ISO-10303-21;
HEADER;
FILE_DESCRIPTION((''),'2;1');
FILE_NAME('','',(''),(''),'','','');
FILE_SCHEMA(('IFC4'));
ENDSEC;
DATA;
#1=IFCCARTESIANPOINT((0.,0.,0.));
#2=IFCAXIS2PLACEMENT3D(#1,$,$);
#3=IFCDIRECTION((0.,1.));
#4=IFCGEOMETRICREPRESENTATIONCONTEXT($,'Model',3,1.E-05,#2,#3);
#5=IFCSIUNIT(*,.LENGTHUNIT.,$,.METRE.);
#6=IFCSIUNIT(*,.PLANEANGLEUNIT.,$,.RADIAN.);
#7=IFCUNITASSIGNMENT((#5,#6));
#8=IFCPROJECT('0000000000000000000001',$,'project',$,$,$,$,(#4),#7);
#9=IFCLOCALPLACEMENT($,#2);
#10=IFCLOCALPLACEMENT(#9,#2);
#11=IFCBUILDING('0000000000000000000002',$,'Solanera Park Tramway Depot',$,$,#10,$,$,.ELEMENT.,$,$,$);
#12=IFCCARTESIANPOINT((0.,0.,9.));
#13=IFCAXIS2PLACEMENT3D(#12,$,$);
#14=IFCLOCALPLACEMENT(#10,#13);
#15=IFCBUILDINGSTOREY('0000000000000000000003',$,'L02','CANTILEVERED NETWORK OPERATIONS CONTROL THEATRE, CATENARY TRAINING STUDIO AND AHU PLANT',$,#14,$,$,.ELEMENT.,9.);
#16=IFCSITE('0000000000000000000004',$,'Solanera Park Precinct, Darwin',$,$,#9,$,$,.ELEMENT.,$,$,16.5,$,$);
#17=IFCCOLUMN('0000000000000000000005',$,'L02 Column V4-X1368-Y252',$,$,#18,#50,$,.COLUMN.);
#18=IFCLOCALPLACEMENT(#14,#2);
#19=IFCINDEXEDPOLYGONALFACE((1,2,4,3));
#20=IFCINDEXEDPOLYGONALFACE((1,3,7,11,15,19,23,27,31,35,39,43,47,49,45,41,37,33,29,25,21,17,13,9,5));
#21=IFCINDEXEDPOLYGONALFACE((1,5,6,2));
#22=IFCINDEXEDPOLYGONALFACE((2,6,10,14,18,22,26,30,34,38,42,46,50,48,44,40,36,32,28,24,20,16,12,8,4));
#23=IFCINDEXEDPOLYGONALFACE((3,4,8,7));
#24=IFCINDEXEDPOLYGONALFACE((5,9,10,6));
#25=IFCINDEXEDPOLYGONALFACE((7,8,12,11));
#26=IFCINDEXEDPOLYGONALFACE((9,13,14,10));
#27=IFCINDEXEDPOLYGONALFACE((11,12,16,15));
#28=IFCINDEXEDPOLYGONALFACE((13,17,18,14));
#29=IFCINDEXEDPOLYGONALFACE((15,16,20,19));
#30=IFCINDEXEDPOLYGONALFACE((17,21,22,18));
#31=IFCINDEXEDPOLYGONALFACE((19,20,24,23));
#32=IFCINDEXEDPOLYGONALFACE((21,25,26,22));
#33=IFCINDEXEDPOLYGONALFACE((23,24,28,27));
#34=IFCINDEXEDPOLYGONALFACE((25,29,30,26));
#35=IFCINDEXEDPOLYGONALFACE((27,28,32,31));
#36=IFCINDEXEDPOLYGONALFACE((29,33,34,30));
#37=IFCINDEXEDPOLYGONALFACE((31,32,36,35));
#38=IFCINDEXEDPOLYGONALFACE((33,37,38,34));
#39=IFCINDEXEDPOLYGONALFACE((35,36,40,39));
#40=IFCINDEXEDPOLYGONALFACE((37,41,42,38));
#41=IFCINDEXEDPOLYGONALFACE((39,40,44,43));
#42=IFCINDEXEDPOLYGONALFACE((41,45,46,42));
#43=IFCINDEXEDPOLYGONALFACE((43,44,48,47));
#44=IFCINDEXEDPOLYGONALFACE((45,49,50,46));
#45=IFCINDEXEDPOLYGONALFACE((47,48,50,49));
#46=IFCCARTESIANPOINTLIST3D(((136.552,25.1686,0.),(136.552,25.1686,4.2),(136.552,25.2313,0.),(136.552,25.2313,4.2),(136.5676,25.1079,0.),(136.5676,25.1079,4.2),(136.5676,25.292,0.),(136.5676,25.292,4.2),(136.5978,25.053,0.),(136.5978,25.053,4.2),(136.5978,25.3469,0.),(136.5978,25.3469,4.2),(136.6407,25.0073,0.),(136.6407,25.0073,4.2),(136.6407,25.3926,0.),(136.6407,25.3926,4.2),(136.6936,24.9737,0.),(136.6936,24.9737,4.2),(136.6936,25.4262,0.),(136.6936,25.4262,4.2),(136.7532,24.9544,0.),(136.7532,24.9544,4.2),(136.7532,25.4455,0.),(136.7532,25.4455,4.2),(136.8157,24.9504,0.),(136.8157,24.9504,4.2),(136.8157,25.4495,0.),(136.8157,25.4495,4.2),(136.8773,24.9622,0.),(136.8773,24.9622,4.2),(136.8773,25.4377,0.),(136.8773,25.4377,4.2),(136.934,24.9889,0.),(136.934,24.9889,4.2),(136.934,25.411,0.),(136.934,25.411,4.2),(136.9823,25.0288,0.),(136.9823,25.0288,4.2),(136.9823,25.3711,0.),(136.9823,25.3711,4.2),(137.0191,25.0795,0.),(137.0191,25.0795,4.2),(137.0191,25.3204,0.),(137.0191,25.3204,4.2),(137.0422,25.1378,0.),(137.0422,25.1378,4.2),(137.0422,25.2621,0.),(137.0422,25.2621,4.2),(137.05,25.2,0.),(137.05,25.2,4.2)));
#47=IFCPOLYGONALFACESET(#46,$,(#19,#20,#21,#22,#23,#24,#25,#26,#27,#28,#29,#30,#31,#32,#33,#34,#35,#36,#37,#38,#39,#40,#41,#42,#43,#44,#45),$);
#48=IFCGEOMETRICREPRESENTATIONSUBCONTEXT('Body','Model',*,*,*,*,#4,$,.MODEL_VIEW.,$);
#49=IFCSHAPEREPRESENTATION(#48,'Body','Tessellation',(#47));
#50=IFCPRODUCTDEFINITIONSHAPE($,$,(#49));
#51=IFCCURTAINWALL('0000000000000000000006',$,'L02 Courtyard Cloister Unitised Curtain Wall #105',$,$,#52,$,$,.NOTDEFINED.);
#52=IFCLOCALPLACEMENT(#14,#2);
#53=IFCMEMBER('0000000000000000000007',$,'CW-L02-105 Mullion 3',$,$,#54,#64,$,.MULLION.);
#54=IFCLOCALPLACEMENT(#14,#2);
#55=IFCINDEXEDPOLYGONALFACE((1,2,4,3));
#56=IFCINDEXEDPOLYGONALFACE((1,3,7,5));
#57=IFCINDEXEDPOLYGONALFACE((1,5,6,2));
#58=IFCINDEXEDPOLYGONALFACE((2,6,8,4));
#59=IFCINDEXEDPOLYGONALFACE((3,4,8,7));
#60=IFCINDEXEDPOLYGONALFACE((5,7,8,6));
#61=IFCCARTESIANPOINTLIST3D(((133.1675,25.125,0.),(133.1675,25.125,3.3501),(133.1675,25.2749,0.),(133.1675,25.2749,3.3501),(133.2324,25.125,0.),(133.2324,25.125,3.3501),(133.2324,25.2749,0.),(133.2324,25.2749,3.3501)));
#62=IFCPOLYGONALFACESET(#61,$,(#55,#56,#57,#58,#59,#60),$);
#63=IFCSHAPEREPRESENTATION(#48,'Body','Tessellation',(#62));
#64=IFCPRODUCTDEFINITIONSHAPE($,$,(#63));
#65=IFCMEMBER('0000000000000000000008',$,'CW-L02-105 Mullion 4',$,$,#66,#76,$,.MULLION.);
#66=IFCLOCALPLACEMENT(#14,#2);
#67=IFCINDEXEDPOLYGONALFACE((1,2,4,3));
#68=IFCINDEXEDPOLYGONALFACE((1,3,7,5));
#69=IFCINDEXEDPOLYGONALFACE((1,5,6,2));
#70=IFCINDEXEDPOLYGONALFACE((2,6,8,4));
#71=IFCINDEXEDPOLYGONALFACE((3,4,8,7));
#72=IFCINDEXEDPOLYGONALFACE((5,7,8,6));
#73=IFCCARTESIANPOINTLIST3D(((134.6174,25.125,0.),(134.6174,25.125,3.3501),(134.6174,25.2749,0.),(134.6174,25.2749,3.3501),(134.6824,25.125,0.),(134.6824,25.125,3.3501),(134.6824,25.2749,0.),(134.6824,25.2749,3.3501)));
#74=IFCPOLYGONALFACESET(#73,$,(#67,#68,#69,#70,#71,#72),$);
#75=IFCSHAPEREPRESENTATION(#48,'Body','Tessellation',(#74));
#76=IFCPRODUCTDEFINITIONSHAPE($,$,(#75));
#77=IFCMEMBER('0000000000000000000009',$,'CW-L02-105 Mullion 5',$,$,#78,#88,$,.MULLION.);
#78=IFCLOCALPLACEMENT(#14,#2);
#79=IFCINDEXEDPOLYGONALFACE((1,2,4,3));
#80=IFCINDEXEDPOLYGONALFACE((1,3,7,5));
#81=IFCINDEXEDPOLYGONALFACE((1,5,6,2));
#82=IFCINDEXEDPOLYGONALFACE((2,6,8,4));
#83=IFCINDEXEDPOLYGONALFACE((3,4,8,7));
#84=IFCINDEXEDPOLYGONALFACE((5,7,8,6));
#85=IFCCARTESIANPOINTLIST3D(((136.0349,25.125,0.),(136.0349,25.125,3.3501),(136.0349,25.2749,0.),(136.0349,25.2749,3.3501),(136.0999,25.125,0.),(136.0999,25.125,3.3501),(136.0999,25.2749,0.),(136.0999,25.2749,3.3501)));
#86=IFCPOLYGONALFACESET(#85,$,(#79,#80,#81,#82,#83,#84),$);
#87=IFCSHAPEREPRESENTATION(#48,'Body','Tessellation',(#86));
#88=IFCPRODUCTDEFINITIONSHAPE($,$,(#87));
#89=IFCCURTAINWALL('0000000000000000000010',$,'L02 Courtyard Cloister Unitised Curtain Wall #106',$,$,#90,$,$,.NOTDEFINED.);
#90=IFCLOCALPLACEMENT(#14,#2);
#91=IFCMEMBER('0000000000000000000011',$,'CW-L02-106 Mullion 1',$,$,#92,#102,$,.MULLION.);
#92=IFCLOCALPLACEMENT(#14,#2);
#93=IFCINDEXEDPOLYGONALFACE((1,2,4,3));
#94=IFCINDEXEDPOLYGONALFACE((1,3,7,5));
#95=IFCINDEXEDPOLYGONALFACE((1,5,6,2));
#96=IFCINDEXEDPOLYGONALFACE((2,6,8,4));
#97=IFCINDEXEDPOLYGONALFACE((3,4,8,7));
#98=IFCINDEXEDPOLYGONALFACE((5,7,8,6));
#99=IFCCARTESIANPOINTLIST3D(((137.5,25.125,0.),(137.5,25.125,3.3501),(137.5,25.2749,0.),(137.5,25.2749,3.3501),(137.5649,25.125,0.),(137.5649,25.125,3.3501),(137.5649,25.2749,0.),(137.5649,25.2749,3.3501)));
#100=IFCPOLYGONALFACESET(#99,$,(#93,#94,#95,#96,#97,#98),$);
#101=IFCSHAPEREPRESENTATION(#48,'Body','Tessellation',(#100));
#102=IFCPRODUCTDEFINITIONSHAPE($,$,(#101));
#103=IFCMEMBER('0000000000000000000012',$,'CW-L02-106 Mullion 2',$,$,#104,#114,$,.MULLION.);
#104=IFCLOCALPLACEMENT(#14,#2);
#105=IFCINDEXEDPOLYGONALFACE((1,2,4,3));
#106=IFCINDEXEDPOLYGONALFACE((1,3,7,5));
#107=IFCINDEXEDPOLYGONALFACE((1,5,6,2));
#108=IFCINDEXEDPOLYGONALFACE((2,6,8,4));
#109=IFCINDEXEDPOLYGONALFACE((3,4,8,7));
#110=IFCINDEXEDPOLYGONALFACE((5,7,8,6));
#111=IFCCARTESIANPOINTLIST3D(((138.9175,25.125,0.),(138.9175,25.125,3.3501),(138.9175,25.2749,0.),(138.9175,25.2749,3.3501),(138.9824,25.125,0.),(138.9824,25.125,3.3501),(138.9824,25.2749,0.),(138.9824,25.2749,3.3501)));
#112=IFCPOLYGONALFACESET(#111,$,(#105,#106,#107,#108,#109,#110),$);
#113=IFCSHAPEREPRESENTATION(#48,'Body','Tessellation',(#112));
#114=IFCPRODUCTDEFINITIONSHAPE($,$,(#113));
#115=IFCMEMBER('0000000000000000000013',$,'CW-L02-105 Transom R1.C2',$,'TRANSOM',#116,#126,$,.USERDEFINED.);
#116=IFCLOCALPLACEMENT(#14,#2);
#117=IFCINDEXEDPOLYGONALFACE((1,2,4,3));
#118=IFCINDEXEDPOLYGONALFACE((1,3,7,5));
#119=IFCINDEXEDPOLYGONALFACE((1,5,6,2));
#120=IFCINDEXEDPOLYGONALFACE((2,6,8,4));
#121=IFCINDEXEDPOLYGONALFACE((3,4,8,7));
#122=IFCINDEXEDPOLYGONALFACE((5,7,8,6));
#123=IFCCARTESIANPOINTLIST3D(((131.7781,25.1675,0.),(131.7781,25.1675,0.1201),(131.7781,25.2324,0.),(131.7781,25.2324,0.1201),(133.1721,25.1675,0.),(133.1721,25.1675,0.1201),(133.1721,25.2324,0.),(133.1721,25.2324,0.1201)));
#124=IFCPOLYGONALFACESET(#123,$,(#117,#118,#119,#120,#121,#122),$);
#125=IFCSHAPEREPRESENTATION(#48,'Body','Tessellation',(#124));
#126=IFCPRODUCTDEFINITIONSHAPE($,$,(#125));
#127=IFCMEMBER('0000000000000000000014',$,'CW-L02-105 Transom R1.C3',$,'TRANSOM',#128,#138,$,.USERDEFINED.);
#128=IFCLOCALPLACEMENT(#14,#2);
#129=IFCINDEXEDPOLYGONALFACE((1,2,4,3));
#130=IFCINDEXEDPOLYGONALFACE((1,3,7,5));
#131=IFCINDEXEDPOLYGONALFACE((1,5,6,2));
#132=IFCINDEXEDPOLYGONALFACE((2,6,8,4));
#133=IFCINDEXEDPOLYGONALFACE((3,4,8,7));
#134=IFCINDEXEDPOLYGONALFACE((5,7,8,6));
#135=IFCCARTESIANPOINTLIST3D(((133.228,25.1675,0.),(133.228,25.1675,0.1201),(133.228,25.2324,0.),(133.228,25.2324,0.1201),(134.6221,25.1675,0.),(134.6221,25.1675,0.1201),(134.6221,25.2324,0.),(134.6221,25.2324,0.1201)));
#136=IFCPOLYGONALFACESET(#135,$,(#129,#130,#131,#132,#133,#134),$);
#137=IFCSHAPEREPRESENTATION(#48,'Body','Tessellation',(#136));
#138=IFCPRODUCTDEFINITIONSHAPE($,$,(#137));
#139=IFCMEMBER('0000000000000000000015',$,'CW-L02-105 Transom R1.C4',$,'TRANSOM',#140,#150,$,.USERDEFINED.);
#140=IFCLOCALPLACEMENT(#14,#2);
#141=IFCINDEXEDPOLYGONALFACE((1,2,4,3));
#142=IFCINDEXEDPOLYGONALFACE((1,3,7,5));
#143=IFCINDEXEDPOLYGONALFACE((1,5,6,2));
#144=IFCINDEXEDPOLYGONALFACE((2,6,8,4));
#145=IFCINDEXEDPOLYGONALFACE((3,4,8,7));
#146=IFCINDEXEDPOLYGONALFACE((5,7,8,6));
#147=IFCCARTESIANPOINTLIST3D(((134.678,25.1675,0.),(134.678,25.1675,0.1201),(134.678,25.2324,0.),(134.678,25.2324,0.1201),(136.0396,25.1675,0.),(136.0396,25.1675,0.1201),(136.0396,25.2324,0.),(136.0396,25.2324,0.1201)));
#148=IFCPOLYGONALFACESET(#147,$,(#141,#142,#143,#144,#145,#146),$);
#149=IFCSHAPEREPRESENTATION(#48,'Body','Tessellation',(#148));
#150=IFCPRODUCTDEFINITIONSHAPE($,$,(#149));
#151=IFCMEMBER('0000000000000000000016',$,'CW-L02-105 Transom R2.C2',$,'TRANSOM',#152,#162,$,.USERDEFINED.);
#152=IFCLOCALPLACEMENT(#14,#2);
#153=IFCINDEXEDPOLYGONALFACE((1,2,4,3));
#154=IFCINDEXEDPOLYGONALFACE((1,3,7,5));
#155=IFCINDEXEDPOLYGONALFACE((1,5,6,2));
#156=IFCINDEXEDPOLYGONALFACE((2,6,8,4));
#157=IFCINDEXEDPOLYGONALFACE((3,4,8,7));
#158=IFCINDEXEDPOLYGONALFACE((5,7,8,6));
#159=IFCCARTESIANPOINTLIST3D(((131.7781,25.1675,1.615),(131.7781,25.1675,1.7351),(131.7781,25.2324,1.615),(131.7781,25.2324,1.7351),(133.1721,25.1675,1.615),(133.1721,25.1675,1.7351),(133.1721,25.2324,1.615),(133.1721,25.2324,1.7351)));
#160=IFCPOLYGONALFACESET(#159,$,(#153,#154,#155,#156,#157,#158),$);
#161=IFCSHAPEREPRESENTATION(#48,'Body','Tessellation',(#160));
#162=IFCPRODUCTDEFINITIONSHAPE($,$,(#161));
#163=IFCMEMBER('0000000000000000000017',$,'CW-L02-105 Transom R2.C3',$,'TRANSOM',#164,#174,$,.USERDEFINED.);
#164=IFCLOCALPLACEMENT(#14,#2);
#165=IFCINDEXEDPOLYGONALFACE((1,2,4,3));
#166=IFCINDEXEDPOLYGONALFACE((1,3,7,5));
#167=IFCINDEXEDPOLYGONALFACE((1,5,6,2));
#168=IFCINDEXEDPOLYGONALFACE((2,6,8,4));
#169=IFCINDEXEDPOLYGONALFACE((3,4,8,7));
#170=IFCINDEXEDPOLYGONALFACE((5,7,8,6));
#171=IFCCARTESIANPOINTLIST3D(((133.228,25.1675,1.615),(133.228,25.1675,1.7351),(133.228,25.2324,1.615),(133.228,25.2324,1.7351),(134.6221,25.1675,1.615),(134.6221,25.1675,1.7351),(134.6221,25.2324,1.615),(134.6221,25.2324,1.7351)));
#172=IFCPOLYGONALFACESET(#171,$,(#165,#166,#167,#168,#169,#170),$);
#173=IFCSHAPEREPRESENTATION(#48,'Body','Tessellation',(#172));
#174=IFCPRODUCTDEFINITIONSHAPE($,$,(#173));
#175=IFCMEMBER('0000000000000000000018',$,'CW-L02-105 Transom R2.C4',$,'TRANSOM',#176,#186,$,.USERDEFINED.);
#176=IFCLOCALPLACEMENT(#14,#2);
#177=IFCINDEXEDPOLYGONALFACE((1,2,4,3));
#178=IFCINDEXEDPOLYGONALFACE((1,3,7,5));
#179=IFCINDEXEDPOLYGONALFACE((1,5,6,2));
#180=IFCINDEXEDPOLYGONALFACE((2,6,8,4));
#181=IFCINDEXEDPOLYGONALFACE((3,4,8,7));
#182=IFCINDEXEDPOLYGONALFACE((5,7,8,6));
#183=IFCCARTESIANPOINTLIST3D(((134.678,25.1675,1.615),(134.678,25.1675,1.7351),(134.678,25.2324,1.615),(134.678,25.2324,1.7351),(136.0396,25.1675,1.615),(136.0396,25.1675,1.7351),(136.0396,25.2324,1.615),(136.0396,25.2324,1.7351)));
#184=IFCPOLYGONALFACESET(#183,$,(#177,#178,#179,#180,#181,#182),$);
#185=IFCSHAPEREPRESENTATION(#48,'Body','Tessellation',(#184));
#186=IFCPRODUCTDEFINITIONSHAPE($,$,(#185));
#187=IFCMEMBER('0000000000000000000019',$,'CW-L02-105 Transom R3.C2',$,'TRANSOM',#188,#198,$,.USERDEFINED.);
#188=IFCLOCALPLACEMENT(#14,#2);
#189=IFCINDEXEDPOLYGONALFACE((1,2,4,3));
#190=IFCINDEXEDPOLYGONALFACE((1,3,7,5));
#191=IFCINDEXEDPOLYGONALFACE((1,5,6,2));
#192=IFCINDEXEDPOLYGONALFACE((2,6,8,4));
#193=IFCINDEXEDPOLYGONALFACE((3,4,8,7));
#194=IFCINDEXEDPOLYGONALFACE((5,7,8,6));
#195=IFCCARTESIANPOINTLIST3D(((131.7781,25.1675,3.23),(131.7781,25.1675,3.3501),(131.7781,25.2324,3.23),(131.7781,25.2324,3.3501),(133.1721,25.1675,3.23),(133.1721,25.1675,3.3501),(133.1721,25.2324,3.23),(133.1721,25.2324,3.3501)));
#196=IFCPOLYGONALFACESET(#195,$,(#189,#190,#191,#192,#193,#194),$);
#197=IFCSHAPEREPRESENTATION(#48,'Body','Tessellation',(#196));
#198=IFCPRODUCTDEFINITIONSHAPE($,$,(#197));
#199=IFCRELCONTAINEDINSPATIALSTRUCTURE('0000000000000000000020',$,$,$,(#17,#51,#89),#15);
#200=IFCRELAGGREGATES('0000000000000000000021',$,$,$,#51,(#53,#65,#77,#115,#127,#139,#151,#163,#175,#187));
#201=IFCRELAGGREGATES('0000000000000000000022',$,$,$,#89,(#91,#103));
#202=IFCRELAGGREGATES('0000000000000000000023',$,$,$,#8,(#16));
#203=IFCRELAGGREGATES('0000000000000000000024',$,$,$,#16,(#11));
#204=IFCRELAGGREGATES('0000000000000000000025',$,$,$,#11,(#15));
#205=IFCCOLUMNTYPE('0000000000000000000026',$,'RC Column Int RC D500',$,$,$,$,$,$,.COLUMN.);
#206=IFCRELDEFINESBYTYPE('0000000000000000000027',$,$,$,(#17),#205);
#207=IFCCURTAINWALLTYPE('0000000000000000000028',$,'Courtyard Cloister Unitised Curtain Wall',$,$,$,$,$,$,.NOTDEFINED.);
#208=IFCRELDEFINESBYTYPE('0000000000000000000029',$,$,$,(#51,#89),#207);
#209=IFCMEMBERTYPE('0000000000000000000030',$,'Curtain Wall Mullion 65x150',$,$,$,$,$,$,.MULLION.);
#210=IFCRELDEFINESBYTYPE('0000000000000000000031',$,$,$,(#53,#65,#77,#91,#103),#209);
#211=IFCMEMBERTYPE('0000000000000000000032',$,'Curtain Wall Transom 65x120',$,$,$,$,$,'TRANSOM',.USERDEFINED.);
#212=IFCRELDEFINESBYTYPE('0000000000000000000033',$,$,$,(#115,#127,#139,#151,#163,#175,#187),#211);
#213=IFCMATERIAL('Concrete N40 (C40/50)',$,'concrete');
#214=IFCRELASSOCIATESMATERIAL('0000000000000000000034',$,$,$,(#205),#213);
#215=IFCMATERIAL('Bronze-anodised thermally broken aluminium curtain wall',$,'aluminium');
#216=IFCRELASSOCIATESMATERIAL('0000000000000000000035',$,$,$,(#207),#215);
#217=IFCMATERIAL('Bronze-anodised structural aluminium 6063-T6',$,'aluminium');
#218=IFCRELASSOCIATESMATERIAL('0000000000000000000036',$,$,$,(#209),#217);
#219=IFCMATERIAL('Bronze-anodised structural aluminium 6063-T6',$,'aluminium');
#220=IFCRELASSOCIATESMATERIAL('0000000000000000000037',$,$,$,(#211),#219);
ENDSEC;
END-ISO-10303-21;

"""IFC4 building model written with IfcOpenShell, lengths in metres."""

from ifc_helpers import new_model, si_unit, direction, frame, origin, origin_2d, place, context, subcontext, project, spatial, rectangle, circle, extrude, material, material_profile, profile_set, type_object, element, aggregate, save


model = new_model("IFC4")

# Units and contexts
model_context = context("Model", 3, precision=1e-05, world=origin(), true_north=direction((0.0, 1.0)))
body_context = subcontext(model_context, "Body", "Model", "MODEL_VIEW")
ifc_project = project(units=[si_unit("LENGTHUNIT", "METRE"), si_unit("PLANEANGLEUNIT", "RADIAN")], contexts=[model_context])

# Site, building, storey
site_placement = place(None, origin())
site = spatial("IfcSite", under=ifc_project, at=site_placement, Name="Solanera Park Precinct, Darwin", CompositionType="ELEMENT", RefElevation=16.5)
building_placement = place(site_placement, origin())
building = spatial("IfcBuilding", under=site, at=building_placement, Name="Solanera Park Tramway Depot", CompositionType="ELEMENT")
storey_placement = place(building_placement, frame((0.0, 0.0, 9.0)))
storey = spatial("IfcBuildingStorey", under=building, at=storey_placement, Name="L02", Description="CANTILEVERED NETWORK OPERATIONS CONTROL THEATRE, CATENARY TRAINING STUDIO AND AHU PLANT", CompositionType="ELEMENT", Elevation=9.0)

# Column
ifc_material_1 = material(Name="Concrete N40 (C40/50)", Category="concrete")
ifc_material_profile_1 = material_profile(ifc_material_1, circle(Radius=0.25, at=origin_2d()), Name="RC D500")
ifc_profile_set_1 = profile_set([ifc_material_profile_1], Name="Concrete N40 (C40/50)")
column_type = type_object("IfcColumnType", Name="RC Column Int RC D500", PredefinedType="COLUMN", material=ifc_profile_set_1)
column_placement = place(storey_placement, frame((136.8, 25.2, 0.0), z_axis=(0.0, 0.0, 1.0), x_axis=(1.0, 0.0, 0.0)))
element("IfcColumn", 1, at=column_placement, inside=storey, type_object=column_type, Name="L02 Column V4-X1368-Y252", PredefinedType="COLUMN", context=body_context, shape_type="SweptSolid", body=[
    extrude(circle(Radius=0.25, at=origin_2d()), origin(), (0.0, 0.0, 1.0), 4.2),
])

# Curtain walls, members
ifc_material_2 = material(Name="Bronze-anodised thermally broken aluminium curtain wall", Category="aluminium")
curtain_wall_type = type_object("IfcCurtainWallType", Name="Courtyard Cloister Unitised Curtain Wall", PredefinedType="NOTDEFINED", material=ifc_material_2)
curtain_wall_1_placement = place(storey_placement, origin())
curtain_wall_1 = element("IfcCurtainWall", 2, at=curtain_wall_1_placement, inside=storey, type_object=curtain_wall_type, Name="L02 Courtyard Cloister Unitised Curtain Wall #105", PredefinedType="NOTDEFINED")
ifc_material_3 = material(Name="Bronze-anodised structural aluminium 6063-T6", Category="aluminium")
ifc_material_profile_2 = material_profile(ifc_material_3, rectangle(XDim=0.0649, YDim=0.1499, at=origin_2d()), Name="Curtain Wall Mullion 65x150")
ifc_profile_set_2 = profile_set([ifc_material_profile_2], Name="Bronze-anodised structural aluminium 6063-T6")
member_type_1 = type_object("IfcMemberType", Name="Curtain Wall Mullion 65x150", PredefinedType="MULLION", material=ifc_profile_set_2)
member_1_placement = place(storey_placement, frame((133.2, 25.2, 0.0), z_axis=(0.0, 0.0, 1.0), x_axis=(1.0, 0.0, 0.0)))
member_1 = element("IfcMember", 3, at=member_1_placement, type_object=member_type_1, Name="CW-L02-105 Mullion 3", PredefinedType="MULLION", context=body_context, shape_type="SweptSolid", body=[
    extrude(rectangle(XDim=0.0649, YDim=0.1499, at=origin_2d()), origin(), (0.0, 0.0, 1.0), 3.3501),
])
member_2_placement = place(storey_placement, frame((134.6499, 25.2, 0.0), z_axis=(0.0, 0.0, 1.0), x_axis=(1.0, 0.0, 0.0)))
member_2 = element("IfcMember", 4, at=member_2_placement, type_object=member_type_1, Name="CW-L02-105 Mullion 4", PredefinedType="MULLION", context=body_context, shape_type="SweptSolid", body=[
    extrude(rectangle(XDim=0.0649, YDim=0.1499, at=origin_2d()), origin(), (0.0, 0.0, 1.0), 3.3501),
])
member_3_placement = place(storey_placement, frame((136.0674, 25.2, 0.0), z_axis=(0.0, 0.0, 1.0), x_axis=(1.0, 0.0, 0.0)))
member_3 = element("IfcMember", 5, at=member_3_placement, type_object=member_type_1, Name="CW-L02-105 Mullion 5", PredefinedType="MULLION", context=body_context, shape_type="SweptSolid", body=[
    extrude(rectangle(XDim=0.0649, YDim=0.1499, at=origin_2d()), origin(), (0.0, 0.0, 1.0), 3.3501),
])
curtain_wall_2_placement = place(storey_placement, origin())
curtain_wall_2 = element("IfcCurtainWall", 6, at=curtain_wall_2_placement, inside=storey, type_object=curtain_wall_type, Name="L02 Courtyard Cloister Unitised Curtain Wall #106", PredefinedType="NOTDEFINED")
member_4_placement = place(storey_placement, frame((137.5325, 25.2, 0.0), z_axis=(0.0, 0.0, 1.0), x_axis=(1.0, 0.0, 0.0)))
member_4 = element("IfcMember", 7, at=member_4_placement, type_object=member_type_1, Name="CW-L02-106 Mullion 1", PredefinedType="MULLION", context=body_context, shape_type="SweptSolid", body=[
    extrude(rectangle(XDim=0.0649, YDim=0.1499, at=origin_2d()), origin(), (0.0, 0.0, 1.0), 3.3501),
])
member_5_placement = place(storey_placement, frame((138.95, 25.2, 0.0), z_axis=(0.0, 0.0, 1.0), x_axis=(1.0, 0.0, 0.0)))
member_5 = element("IfcMember", 8, at=member_5_placement, type_object=member_type_1, Name="CW-L02-106 Mullion 2", PredefinedType="MULLION", context=body_context, shape_type="SweptSolid", body=[
    extrude(rectangle(XDim=0.0649, YDim=0.1499, at=origin_2d()), origin(), (0.0, 0.0, 1.0), 3.3501),
])

# Members
ifc_material_4 = material(Name="Bronze-anodised structural aluminium 6063-T6", Category="aluminium")
ifc_material_profile_3 = material_profile(ifc_material_4, rectangle(XDim=0.0649, YDim=0.1201, at=origin_2d()), Name="Curtain Wall Transom 65x120")
ifc_profile_set_3 = profile_set([ifc_material_profile_3], Name="Bronze-anodised structural aluminium 6063-T6")
member_type_2 = type_object("IfcMemberType", Name="Curtain Wall Transom 65x120", ElementType="TRANSOM", PredefinedType="USERDEFINED", material=ifc_profile_set_3)
member_6_placement = place(storey_placement, frame((131.7781, 25.2, 0.0601), z_axis=(1.0, 0.0, 0.0), x_axis=(0.0, 1.0, 0.0)))
member_6 = element("IfcMember", 9, at=member_6_placement, type_object=member_type_2, Name="CW-L02-105 Transom R1.C2", ObjectType="TRANSOM", PredefinedType="USERDEFINED", context=body_context, shape_type="SweptSolid", body=[
    extrude(rectangle(XDim=0.0649, YDim=0.1201, at=origin_2d()), origin(), (0.0, 0.0, 1.0), 1.394),
])
member_7_placement = place(storey_placement, frame((133.228, 25.2, 0.0601), z_axis=(1.0, 0.0, 0.0), x_axis=(0.0, 1.0, 0.0)))
member_7 = element("IfcMember", 10, at=member_7_placement, type_object=member_type_2, Name="CW-L02-105 Transom R1.C3", ObjectType="TRANSOM", PredefinedType="USERDEFINED", context=body_context, shape_type="SweptSolid", body=[
    extrude(rectangle(XDim=0.0649, YDim=0.1201, at=origin_2d()), origin(), (0.0, 0.0, 1.0), 1.394),
])
member_8_placement = place(storey_placement, frame((134.678, 25.2, 0.0601), z_axis=(1.0, 0.0, 0.0), x_axis=(0.0, 1.0, 0.0)))
member_8 = element("IfcMember", 11, at=member_8_placement, type_object=member_type_2, Name="CW-L02-105 Transom R1.C4", ObjectType="TRANSOM", PredefinedType="USERDEFINED", context=body_context, shape_type="SweptSolid", body=[
    extrude(rectangle(XDim=0.0649, YDim=0.1201, at=origin_2d()), origin(), (0.0, 0.0, 1.0), 1.3616),
])
member_9_placement = place(storey_placement, frame((131.7781, 25.2, 1.675), z_axis=(1.0, 0.0, 0.0), x_axis=(0.0, 1.0, 0.0)))
member_9 = element("IfcMember", 12, at=member_9_placement, type_object=member_type_2, Name="CW-L02-105 Transom R2.C2", ObjectType="TRANSOM", PredefinedType="USERDEFINED", context=body_context, shape_type="SweptSolid", body=[
    extrude(rectangle(XDim=0.0649, YDim=0.1201, at=origin_2d()), origin(), (0.0, 0.0, 1.0), 1.394),
])
member_10_placement = place(storey_placement, frame((133.228, 25.2, 1.675), z_axis=(1.0, 0.0, 0.0), x_axis=(0.0, 1.0, 0.0)))
member_10 = element("IfcMember", 13, at=member_10_placement, type_object=member_type_2, Name="CW-L02-105 Transom R2.C3", ObjectType="TRANSOM", PredefinedType="USERDEFINED", context=body_context, shape_type="SweptSolid", body=[
    extrude(rectangle(XDim=0.0649, YDim=0.1201, at=origin_2d()), origin(), (0.0, 0.0, 1.0), 1.394),
])
member_11_placement = place(storey_placement, frame((134.678, 25.2, 1.675), z_axis=(1.0, 0.0, 0.0), x_axis=(0.0, 1.0, 0.0)))
member_11 = element("IfcMember", 14, at=member_11_placement, type_object=member_type_2, Name="CW-L02-105 Transom R2.C4", ObjectType="TRANSOM", PredefinedType="USERDEFINED", context=body_context, shape_type="SweptSolid", body=[
    extrude(rectangle(XDim=0.0649, YDim=0.1201, at=origin_2d()), origin(), (0.0, 0.0, 1.0), 1.3616),
])
member_12_placement = place(storey_placement, frame((131.7781, 25.2, 3.29), z_axis=(1.0, 0.0, 0.0), x_axis=(0.0, 1.0, 0.0)))
member_12 = element("IfcMember", 15, at=member_12_placement, type_object=member_type_2, Name="CW-L02-105 Transom R3.C2", ObjectType="TRANSOM", PredefinedType="USERDEFINED", context=body_context, shape_type="SweptSolid", body=[
    extrude(rectangle(XDim=0.0649, YDim=0.1201, at=origin_2d()), origin(), (0.0, 0.0, 1.0), 1.394),
])

aggregate(curtain_wall_1, [member_1, member_2, member_3, member_6, member_7, member_8, member_9, member_10, member_11, member_12])
aggregate(curtain_wall_2, [member_4, member_5])

save(model, "model.ifc")
